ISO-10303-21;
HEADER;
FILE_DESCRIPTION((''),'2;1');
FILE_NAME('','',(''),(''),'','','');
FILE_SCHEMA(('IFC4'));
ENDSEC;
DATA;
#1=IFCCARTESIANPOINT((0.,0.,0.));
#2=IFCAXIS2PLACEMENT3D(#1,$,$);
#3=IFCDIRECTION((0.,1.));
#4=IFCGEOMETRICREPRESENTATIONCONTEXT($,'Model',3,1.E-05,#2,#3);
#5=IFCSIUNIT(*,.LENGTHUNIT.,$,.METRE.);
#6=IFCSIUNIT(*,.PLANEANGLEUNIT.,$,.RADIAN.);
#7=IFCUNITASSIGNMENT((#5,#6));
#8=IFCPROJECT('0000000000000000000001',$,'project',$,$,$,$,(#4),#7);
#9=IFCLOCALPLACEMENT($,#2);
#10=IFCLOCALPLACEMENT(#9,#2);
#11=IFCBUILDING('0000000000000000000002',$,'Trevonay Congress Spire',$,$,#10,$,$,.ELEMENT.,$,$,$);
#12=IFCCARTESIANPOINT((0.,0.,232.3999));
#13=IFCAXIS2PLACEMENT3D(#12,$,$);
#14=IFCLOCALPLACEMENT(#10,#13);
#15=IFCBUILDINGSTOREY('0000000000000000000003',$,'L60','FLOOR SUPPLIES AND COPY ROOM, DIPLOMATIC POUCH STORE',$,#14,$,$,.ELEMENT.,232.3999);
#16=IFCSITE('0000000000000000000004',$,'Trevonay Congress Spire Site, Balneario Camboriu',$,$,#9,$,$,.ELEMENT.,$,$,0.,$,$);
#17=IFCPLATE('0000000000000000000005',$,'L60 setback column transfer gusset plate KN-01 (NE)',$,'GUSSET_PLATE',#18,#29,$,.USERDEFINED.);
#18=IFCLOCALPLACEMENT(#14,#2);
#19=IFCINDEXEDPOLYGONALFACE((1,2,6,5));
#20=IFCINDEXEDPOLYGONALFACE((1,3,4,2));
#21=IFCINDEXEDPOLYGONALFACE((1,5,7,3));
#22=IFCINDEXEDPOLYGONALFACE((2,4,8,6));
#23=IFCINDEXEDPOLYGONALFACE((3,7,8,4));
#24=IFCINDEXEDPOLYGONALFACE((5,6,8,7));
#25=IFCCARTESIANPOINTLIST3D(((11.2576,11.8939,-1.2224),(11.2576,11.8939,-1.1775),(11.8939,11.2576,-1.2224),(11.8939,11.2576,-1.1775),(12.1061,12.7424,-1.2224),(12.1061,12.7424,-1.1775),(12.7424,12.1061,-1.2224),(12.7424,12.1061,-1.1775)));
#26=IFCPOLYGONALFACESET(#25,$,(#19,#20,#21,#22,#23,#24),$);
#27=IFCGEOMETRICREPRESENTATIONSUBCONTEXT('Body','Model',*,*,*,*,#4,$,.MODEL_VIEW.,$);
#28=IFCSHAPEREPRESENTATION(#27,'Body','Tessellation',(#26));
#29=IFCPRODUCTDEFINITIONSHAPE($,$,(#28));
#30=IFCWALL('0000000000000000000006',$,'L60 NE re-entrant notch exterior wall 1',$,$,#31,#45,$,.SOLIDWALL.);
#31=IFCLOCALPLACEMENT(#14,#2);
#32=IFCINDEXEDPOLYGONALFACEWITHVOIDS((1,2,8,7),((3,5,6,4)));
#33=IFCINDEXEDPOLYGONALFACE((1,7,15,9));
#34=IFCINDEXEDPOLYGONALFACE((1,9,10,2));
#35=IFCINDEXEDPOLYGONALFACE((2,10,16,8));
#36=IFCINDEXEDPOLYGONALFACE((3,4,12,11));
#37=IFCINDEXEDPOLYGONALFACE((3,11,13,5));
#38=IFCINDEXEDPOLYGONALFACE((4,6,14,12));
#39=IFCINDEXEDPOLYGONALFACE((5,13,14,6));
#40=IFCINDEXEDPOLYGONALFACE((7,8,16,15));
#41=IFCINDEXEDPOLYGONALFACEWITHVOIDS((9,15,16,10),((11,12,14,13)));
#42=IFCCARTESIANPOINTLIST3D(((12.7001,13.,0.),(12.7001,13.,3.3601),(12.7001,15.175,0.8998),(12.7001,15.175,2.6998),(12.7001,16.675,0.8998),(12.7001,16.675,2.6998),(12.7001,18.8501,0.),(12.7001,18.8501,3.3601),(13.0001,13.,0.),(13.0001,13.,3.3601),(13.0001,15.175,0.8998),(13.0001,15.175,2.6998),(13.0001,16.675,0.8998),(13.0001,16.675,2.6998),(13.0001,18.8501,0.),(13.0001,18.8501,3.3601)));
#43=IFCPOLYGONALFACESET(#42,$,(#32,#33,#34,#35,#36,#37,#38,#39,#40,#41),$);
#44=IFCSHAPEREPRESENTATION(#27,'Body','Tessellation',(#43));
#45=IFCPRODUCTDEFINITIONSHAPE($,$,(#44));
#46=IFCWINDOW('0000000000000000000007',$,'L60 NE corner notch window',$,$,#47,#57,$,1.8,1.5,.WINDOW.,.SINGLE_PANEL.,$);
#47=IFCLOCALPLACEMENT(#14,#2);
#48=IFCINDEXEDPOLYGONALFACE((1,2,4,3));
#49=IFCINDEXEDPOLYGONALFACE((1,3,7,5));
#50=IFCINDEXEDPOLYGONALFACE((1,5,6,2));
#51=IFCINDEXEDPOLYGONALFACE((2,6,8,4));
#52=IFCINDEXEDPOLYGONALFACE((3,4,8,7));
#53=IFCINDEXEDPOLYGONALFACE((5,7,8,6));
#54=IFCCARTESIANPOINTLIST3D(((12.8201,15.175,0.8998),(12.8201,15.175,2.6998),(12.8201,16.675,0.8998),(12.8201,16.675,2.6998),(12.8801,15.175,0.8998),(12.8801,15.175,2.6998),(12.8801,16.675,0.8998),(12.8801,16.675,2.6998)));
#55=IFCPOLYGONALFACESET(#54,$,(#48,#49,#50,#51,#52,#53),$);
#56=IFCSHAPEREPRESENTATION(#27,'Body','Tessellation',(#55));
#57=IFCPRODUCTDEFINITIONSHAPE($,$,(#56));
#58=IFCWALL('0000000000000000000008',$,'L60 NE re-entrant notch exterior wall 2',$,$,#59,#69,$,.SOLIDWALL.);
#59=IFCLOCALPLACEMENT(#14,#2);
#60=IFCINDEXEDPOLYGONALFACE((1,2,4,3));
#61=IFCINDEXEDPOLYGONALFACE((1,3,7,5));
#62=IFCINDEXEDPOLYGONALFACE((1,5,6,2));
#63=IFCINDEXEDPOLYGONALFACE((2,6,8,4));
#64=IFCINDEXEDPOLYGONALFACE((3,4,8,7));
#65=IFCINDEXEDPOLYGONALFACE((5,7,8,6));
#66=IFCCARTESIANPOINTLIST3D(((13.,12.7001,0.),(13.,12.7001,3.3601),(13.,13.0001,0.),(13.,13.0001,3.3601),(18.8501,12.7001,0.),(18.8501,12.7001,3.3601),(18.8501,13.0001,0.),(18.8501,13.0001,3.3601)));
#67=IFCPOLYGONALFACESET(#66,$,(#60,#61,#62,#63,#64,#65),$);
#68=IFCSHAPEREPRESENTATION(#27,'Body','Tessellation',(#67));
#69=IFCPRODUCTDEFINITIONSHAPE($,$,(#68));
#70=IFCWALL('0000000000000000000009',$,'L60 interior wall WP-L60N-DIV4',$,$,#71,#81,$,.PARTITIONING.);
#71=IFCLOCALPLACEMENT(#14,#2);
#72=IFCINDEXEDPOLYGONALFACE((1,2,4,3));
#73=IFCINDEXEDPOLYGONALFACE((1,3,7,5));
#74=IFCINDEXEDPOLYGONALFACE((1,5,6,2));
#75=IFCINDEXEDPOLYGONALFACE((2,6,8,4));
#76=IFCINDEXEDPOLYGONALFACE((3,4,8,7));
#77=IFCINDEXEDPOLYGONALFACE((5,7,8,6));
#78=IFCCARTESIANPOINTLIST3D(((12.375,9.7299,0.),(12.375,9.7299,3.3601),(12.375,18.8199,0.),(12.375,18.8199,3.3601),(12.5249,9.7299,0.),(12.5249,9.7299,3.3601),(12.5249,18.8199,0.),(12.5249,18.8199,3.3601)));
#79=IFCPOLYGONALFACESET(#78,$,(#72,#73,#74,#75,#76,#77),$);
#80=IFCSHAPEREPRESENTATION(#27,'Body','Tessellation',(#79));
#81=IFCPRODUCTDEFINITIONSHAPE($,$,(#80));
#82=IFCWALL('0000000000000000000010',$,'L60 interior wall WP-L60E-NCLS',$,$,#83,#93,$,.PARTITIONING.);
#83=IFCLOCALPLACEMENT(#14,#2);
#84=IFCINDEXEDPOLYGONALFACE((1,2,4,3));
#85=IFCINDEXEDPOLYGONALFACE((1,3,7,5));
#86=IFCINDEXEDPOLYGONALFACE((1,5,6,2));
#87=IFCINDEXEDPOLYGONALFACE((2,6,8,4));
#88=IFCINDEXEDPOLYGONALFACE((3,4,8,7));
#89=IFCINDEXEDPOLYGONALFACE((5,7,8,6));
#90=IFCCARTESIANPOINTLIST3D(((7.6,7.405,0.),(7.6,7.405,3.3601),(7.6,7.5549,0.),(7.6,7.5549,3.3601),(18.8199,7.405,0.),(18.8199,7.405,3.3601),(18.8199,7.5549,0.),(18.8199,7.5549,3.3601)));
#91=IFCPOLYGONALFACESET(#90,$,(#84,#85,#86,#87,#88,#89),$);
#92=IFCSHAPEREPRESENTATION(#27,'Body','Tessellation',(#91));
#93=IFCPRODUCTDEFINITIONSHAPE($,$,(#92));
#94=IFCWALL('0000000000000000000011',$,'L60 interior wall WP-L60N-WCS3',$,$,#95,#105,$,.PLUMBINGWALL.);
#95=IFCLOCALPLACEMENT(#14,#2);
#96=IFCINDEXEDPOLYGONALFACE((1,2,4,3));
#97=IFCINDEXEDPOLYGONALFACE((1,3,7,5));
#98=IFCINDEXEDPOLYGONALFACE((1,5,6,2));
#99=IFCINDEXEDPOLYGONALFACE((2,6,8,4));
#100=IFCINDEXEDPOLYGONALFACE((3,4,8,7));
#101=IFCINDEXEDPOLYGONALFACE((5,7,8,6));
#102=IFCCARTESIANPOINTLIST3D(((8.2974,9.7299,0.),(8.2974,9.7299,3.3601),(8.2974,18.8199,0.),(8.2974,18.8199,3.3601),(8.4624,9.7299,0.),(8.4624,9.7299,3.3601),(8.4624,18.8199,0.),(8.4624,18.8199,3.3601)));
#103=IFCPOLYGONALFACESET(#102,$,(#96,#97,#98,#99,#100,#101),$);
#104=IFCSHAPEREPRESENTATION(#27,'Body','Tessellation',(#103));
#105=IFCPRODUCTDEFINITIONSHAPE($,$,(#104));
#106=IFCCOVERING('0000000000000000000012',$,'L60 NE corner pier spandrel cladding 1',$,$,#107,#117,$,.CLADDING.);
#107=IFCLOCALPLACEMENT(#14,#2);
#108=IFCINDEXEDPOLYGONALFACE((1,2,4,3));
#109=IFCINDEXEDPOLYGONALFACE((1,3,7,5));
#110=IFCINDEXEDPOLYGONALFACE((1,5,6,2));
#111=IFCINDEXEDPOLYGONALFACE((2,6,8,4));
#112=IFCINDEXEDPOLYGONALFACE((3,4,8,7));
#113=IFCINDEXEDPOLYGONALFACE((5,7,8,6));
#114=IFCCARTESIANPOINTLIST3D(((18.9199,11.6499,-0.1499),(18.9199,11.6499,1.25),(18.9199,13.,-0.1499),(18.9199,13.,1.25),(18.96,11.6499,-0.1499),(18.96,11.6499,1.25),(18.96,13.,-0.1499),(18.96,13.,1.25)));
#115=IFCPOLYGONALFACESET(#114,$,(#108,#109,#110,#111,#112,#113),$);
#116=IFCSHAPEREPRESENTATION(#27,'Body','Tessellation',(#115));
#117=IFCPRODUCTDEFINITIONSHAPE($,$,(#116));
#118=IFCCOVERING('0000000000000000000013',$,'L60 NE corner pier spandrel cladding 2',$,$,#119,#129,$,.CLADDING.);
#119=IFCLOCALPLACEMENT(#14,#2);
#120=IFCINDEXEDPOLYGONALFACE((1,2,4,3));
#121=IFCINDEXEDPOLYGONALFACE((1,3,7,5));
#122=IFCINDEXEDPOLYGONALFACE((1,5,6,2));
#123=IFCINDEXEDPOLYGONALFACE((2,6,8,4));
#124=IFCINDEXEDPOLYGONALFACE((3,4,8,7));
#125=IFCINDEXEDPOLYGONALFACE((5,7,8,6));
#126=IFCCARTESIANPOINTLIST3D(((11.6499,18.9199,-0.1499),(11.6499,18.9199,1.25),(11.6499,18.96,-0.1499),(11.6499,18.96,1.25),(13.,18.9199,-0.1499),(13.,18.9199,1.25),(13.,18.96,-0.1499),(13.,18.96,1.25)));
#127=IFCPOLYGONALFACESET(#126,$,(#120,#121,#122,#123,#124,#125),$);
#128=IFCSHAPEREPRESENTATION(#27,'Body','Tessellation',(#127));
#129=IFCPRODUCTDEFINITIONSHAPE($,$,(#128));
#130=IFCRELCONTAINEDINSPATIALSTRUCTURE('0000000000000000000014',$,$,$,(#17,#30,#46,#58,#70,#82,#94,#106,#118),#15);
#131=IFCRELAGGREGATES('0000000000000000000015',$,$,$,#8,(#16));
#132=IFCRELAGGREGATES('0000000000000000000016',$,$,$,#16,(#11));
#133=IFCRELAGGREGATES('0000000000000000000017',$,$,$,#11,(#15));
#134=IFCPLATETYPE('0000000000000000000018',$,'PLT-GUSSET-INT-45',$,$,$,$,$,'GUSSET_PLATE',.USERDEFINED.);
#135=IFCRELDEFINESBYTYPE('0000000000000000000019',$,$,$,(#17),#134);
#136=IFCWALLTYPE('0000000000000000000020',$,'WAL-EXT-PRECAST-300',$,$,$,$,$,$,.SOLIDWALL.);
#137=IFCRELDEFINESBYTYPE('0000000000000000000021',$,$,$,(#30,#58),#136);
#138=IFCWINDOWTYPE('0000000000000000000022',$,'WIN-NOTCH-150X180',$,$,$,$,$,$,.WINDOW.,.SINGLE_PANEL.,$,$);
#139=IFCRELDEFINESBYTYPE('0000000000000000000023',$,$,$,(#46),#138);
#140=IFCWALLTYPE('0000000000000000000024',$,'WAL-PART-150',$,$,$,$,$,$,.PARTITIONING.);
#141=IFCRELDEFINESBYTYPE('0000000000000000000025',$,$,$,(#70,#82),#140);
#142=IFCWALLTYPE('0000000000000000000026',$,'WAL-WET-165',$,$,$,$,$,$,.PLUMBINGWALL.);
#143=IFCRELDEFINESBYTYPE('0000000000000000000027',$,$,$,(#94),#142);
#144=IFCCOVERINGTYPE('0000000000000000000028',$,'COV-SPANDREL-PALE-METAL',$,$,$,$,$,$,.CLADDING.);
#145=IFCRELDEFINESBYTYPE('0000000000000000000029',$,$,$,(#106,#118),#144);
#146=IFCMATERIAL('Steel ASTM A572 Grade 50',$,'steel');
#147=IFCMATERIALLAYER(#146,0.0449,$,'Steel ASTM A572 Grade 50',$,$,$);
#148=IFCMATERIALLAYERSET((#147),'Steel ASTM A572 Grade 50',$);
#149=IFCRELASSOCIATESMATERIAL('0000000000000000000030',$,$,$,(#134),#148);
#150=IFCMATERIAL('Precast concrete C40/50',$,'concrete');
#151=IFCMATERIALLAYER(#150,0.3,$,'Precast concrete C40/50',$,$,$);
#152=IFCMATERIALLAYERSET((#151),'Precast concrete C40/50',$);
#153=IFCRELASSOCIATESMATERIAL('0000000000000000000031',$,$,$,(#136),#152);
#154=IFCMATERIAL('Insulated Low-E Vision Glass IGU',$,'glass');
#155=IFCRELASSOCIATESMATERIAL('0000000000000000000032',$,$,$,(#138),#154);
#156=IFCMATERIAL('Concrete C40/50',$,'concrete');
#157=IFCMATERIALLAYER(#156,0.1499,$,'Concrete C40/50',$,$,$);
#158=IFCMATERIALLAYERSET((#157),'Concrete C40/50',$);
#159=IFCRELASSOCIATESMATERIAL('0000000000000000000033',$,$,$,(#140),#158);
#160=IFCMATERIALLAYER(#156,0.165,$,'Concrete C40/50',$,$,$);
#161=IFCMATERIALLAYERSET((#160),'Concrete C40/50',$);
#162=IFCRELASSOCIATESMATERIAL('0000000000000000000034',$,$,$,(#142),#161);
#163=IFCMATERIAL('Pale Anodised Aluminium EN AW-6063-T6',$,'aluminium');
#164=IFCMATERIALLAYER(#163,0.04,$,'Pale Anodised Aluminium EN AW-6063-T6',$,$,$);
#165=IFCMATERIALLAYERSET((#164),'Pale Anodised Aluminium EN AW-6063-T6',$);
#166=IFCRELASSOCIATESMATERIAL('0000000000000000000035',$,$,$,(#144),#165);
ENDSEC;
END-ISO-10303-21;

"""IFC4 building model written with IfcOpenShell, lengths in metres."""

from ifc_helpers import new_model, si_unit, direction, frame, frame_2d, origin, origin_2d, place, context, subcontext, project, spatial, rectangle, extrude, material, layer, layer_set, type_object, element, fill, save


model = new_model("IFC4")

# Units and contexts
model_context = context("Model", 3, precision=1e-05, world=origin(), true_north=direction((0.0, 1.0)))
body_context = subcontext(model_context, "Body", "Model", "MODEL_VIEW")
ifc_project = project(units=[si_unit("LENGTHUNIT", "METRE"), si_unit("PLANEANGLEUNIT", "RADIAN")], contexts=[model_context])

# Site, building, storey
site_placement = place(None, origin())
site = spatial("IfcSite", under=ifc_project, at=site_placement, Name="Trevonay Congress Spire Site, Balneario Camboriu", CompositionType="ELEMENT", RefElevation=0.0)
building_placement = place(site_placement, origin())
building = spatial("IfcBuilding", under=site, at=building_placement, Name="Trevonay Congress Spire", CompositionType="ELEMENT")
storey_placement = place(building_placement, frame((0.0, 0.0, 232.3999)))
storey = spatial("IfcBuildingStorey", under=building, at=storey_placement, Name="L60", Description="FLOOR SUPPLIES AND COPY ROOM, DIPLOMATIC POUCH STORE", CompositionType="ELEMENT", Elevation=232.3999)

# Shared definitions
ifc_material_1 = material(Name="Steel ASTM A572 Grade 50", Category="steel")

# Shared definitions
ifc_material_2 = material(Name="Pale Anodised Aluminium EN AW-6063-T6", Category="aluminium")

# Plate
ifc_material_3 = material(Name="Insulated Low-E Vision Glass IGU", Category="glass")
ifc_layer_1 = layer(ifc_material_1, 0.0449, Name="Steel ASTM A572 Grade 50")
ifc_layer_set_1 = layer_set([ifc_layer_1], Name="Steel ASTM A572 Grade 50")
plate_type_1 = type_object("IfcPlateType", Name="PLT-GUSSET-INT-45", ElementType="GUSSET_PLATE", PredefinedType="USERDEFINED", material=ifc_layer_set_1)
plate_1_placement = place(storey_placement, frame((12.0, 12.0, -1.2224), z_axis=(0.0, 0.0, 1.0), x_axis=(0.707107, 0.707107, 0.0)))
element("IfcPlate", 1, at=plate_1_placement, inside=storey, type_object=plate_type_1, Name="L60 setback column transfer gusset plate KN-01 (NE)", ObjectType="GUSSET_PLATE", PredefinedType="USERDEFINED", context=body_context, shape_type="SweptSolid", body=[
    extrude(rectangle(XDim=1.2, YDim=0.8999, at=origin_2d()), origin(), (0.0, 0.0, 1.0), 0.0449),
])

# Wall, opening, window
ifc_material_4 = material(Name="Precast concrete C40/50", Category="concrete")
ifc_layer_2 = layer(ifc_material_4, 0.3, Name="Precast concrete C40/50")
ifc_layer_set_2 = layer_set([ifc_layer_2], Name="Precast concrete C40/50")
wall_type_1 = type_object("IfcWallType", Name="WAL-EXT-PRECAST-300", PredefinedType="SOLIDWALL", material=ifc_layer_set_2)
wall_1_placement = place(storey_placement, frame((12.8501, 18.8501, 0.0), z_axis=(0.0, 0.0, 1.0), x_axis=(0.0, -1.0, 0.0)))
wall_1 = element("IfcWall", 2, at=wall_1_placement, inside=storey, type_object=wall_type_1, Name="L60 NE re-entrant notch exterior wall 1", PredefinedType="SOLIDWALL", context=body_context, shape_type="SweptSolid", body=[
    extrude(rectangle(XDim=5.8501, YDim=0.3, at=frame_2d((2.925, 0.0))), origin(), (0.0, 0.0, 1.0), 3.3601),
])
opening_placement = place(wall_1_placement, frame((2.175, 0.0, 0.8999)))
opening = element("IfcOpeningElement", 3, at=opening_placement, cuts=wall_1, PredefinedType="OPENING", context=body_context, shape_type="SweptSolid", body=[
    extrude(rectangle(XDim=1.5, YDim=1.8, at=frame_2d((0.75, 0.8999))), frame((0.0, 0.1602, 0.0), z_axis=(0.0, -1.0, 0.0), x_axis=(1.0, 0.0, 0.0)), (0.0, 0.0, 1.0), 0.3201),
])
window_type = type_object("IfcWindowType", Name="WIN-NOTCH-150X180", PartitioningType="SINGLE_PANEL", PredefinedType="WINDOW", material=ifc_material_3)
window_placement = place(opening_placement, origin())
window = element("IfcWindow", 4, at=window_placement, inside=storey, type_object=window_type, Name="L60 NE corner notch window", OverallHeight=1.8, OverallWidth=1.5, PartitioningType="SINGLE_PANEL", PredefinedType="WINDOW", context=body_context, shape_type="SweptSolid", body=[
    extrude(rectangle(XDim=1.5, YDim=1.8, at=frame_2d((0.75, 0.8999))), frame((0.0, 0.03, 0.0), z_axis=(0.0, -1.0, 0.0), x_axis=(1.0, 0.0, 0.0)), (0.0, 0.0, 1.0), 0.0601),
])
fill(opening, window)

# Walls
wall_2_placement = place(storey_placement, frame((18.8501, 12.8501, 0.0), z_axis=(0.0, 0.0, 1.0), x_axis=(-1.0, 0.0, 0.0)))
element("IfcWall", 5, at=wall_2_placement, inside=storey, type_object=wall_type_1, Name="L60 NE re-entrant notch exterior wall 2", PredefinedType="SOLIDWALL", context=body_context, shape_type="SweptSolid", body=[
    extrude(rectangle(XDim=5.8501, YDim=0.3, at=frame_2d((2.925, 0.0))), origin(), (0.0, 0.0, 1.0), 3.3601),
])
ifc_material_5 = material(Name="Concrete C40/50", Category="concrete")
ifc_layer_3 = layer(ifc_material_5, 0.1499, Name="Concrete C40/50")
ifc_layer_set_3 = layer_set([ifc_layer_3], Name="Concrete C40/50")
wall_type_2 = type_object("IfcWallType", Name="WAL-PART-150", PredefinedType="PARTITIONING", material=ifc_layer_set_3)
wall_3_placement = place(storey_placement, frame((12.45, 9.73, 0.0), z_axis=(0.0, 0.0, 1.0), x_axis=(0.0, 1.0, 0.0)))
element("IfcWall", 6, at=wall_3_placement, inside=storey, type_object=wall_type_2, Name="L60 interior wall WP-L60N-DIV4", PredefinedType="PARTITIONING", context=body_context, shape_type="SweptSolid", body=[
    extrude(rectangle(XDim=9.0901, YDim=0.1499, at=frame_2d((4.5449, 0.0))), origin(), (0.0, 0.0, 1.0), 3.3601),
])
wall_4_placement = place(storey_placement, frame((7.6001, 7.48, 0.0), z_axis=(0.0, 0.0, 1.0), x_axis=(1.0, 0.0, 0.0)))
element("IfcWall", 7, at=wall_4_placement, inside=storey, type_object=wall_type_2, Name="L60 interior wall WP-L60E-NCLS", PredefinedType="PARTITIONING", context=body_context, shape_type="SweptSolid", body=[
    extrude(rectangle(XDim=11.22, YDim=0.1499, at=frame_2d((5.6099, 0.0))), origin(), (0.0, 0.0, 1.0), 3.3601),
])
ifc_layer_4 = layer(ifc_material_5, 0.165, Name="Concrete C40/50")
ifc_layer_set_4 = layer_set([ifc_layer_4], Name="Concrete C40/50")
wall_type_3 = type_object("IfcWallType", Name="WAL-WET-165", PredefinedType="PLUMBINGWALL", material=ifc_layer_set_4)
wall_5_placement = place(storey_placement, frame((8.3799, 9.73, 0.0), z_axis=(0.0, 0.0, 1.0), x_axis=(0.0, 1.0, 0.0)))
element("IfcWall", 8, at=wall_5_placement, inside=storey, type_object=wall_type_3, Name="L60 interior wall WP-L60N-WCS3", PredefinedType="PLUMBINGWALL", context=body_context, shape_type="SweptSolid", body=[
    extrude(rectangle(XDim=9.0901, YDim=0.165, at=frame_2d((4.5449, 0.0))), origin(), (0.0, 0.0, 1.0), 3.3601),
])

# Coverings
ifc_layer_5 = layer(ifc_material_2, 0.04, Name="Pale Anodised Aluminium EN AW-6063-T6")
ifc_layer_set_5 = layer_set([ifc_layer_5], Name="Pale Anodised Aluminium EN AW-6063-T6")
covering_type = type_object("IfcCoveringType", Name="COV-SPANDREL-PALE-METAL", PredefinedType="CLADDING", material=ifc_layer_set_5)
for number, where, z_axis, x_axis, name in (
    (9, (18.9399, 11.6499, -0.1499), (0.0, 0.0, 1.0), (0.0, 1.0, 0.0), "L60 NE corner pier spandrel cladding 1"),
    (10, (11.6499, 18.9399, -0.1499), (0.0, 0.0, 1.0), (1.0, 0.0, 0.0), "L60 NE corner pier spandrel cladding 2"),
):
    element("IfcCovering", number, at=place(storey_placement, frame(where, z_axis=z_axis, x_axis=x_axis)), inside=storey, type_object=covering_type, Name=name, PredefinedType="CLADDING", context=body_context, shape_type="SweptSolid", body=[
        extrude(rectangle(XDim=1.3501, YDim=0.04, at=frame_2d((0.675, 0.0))), origin(), (0.0, 0.0, 1.0), 1.3999),
    ])

save(model, "model.ifc")
